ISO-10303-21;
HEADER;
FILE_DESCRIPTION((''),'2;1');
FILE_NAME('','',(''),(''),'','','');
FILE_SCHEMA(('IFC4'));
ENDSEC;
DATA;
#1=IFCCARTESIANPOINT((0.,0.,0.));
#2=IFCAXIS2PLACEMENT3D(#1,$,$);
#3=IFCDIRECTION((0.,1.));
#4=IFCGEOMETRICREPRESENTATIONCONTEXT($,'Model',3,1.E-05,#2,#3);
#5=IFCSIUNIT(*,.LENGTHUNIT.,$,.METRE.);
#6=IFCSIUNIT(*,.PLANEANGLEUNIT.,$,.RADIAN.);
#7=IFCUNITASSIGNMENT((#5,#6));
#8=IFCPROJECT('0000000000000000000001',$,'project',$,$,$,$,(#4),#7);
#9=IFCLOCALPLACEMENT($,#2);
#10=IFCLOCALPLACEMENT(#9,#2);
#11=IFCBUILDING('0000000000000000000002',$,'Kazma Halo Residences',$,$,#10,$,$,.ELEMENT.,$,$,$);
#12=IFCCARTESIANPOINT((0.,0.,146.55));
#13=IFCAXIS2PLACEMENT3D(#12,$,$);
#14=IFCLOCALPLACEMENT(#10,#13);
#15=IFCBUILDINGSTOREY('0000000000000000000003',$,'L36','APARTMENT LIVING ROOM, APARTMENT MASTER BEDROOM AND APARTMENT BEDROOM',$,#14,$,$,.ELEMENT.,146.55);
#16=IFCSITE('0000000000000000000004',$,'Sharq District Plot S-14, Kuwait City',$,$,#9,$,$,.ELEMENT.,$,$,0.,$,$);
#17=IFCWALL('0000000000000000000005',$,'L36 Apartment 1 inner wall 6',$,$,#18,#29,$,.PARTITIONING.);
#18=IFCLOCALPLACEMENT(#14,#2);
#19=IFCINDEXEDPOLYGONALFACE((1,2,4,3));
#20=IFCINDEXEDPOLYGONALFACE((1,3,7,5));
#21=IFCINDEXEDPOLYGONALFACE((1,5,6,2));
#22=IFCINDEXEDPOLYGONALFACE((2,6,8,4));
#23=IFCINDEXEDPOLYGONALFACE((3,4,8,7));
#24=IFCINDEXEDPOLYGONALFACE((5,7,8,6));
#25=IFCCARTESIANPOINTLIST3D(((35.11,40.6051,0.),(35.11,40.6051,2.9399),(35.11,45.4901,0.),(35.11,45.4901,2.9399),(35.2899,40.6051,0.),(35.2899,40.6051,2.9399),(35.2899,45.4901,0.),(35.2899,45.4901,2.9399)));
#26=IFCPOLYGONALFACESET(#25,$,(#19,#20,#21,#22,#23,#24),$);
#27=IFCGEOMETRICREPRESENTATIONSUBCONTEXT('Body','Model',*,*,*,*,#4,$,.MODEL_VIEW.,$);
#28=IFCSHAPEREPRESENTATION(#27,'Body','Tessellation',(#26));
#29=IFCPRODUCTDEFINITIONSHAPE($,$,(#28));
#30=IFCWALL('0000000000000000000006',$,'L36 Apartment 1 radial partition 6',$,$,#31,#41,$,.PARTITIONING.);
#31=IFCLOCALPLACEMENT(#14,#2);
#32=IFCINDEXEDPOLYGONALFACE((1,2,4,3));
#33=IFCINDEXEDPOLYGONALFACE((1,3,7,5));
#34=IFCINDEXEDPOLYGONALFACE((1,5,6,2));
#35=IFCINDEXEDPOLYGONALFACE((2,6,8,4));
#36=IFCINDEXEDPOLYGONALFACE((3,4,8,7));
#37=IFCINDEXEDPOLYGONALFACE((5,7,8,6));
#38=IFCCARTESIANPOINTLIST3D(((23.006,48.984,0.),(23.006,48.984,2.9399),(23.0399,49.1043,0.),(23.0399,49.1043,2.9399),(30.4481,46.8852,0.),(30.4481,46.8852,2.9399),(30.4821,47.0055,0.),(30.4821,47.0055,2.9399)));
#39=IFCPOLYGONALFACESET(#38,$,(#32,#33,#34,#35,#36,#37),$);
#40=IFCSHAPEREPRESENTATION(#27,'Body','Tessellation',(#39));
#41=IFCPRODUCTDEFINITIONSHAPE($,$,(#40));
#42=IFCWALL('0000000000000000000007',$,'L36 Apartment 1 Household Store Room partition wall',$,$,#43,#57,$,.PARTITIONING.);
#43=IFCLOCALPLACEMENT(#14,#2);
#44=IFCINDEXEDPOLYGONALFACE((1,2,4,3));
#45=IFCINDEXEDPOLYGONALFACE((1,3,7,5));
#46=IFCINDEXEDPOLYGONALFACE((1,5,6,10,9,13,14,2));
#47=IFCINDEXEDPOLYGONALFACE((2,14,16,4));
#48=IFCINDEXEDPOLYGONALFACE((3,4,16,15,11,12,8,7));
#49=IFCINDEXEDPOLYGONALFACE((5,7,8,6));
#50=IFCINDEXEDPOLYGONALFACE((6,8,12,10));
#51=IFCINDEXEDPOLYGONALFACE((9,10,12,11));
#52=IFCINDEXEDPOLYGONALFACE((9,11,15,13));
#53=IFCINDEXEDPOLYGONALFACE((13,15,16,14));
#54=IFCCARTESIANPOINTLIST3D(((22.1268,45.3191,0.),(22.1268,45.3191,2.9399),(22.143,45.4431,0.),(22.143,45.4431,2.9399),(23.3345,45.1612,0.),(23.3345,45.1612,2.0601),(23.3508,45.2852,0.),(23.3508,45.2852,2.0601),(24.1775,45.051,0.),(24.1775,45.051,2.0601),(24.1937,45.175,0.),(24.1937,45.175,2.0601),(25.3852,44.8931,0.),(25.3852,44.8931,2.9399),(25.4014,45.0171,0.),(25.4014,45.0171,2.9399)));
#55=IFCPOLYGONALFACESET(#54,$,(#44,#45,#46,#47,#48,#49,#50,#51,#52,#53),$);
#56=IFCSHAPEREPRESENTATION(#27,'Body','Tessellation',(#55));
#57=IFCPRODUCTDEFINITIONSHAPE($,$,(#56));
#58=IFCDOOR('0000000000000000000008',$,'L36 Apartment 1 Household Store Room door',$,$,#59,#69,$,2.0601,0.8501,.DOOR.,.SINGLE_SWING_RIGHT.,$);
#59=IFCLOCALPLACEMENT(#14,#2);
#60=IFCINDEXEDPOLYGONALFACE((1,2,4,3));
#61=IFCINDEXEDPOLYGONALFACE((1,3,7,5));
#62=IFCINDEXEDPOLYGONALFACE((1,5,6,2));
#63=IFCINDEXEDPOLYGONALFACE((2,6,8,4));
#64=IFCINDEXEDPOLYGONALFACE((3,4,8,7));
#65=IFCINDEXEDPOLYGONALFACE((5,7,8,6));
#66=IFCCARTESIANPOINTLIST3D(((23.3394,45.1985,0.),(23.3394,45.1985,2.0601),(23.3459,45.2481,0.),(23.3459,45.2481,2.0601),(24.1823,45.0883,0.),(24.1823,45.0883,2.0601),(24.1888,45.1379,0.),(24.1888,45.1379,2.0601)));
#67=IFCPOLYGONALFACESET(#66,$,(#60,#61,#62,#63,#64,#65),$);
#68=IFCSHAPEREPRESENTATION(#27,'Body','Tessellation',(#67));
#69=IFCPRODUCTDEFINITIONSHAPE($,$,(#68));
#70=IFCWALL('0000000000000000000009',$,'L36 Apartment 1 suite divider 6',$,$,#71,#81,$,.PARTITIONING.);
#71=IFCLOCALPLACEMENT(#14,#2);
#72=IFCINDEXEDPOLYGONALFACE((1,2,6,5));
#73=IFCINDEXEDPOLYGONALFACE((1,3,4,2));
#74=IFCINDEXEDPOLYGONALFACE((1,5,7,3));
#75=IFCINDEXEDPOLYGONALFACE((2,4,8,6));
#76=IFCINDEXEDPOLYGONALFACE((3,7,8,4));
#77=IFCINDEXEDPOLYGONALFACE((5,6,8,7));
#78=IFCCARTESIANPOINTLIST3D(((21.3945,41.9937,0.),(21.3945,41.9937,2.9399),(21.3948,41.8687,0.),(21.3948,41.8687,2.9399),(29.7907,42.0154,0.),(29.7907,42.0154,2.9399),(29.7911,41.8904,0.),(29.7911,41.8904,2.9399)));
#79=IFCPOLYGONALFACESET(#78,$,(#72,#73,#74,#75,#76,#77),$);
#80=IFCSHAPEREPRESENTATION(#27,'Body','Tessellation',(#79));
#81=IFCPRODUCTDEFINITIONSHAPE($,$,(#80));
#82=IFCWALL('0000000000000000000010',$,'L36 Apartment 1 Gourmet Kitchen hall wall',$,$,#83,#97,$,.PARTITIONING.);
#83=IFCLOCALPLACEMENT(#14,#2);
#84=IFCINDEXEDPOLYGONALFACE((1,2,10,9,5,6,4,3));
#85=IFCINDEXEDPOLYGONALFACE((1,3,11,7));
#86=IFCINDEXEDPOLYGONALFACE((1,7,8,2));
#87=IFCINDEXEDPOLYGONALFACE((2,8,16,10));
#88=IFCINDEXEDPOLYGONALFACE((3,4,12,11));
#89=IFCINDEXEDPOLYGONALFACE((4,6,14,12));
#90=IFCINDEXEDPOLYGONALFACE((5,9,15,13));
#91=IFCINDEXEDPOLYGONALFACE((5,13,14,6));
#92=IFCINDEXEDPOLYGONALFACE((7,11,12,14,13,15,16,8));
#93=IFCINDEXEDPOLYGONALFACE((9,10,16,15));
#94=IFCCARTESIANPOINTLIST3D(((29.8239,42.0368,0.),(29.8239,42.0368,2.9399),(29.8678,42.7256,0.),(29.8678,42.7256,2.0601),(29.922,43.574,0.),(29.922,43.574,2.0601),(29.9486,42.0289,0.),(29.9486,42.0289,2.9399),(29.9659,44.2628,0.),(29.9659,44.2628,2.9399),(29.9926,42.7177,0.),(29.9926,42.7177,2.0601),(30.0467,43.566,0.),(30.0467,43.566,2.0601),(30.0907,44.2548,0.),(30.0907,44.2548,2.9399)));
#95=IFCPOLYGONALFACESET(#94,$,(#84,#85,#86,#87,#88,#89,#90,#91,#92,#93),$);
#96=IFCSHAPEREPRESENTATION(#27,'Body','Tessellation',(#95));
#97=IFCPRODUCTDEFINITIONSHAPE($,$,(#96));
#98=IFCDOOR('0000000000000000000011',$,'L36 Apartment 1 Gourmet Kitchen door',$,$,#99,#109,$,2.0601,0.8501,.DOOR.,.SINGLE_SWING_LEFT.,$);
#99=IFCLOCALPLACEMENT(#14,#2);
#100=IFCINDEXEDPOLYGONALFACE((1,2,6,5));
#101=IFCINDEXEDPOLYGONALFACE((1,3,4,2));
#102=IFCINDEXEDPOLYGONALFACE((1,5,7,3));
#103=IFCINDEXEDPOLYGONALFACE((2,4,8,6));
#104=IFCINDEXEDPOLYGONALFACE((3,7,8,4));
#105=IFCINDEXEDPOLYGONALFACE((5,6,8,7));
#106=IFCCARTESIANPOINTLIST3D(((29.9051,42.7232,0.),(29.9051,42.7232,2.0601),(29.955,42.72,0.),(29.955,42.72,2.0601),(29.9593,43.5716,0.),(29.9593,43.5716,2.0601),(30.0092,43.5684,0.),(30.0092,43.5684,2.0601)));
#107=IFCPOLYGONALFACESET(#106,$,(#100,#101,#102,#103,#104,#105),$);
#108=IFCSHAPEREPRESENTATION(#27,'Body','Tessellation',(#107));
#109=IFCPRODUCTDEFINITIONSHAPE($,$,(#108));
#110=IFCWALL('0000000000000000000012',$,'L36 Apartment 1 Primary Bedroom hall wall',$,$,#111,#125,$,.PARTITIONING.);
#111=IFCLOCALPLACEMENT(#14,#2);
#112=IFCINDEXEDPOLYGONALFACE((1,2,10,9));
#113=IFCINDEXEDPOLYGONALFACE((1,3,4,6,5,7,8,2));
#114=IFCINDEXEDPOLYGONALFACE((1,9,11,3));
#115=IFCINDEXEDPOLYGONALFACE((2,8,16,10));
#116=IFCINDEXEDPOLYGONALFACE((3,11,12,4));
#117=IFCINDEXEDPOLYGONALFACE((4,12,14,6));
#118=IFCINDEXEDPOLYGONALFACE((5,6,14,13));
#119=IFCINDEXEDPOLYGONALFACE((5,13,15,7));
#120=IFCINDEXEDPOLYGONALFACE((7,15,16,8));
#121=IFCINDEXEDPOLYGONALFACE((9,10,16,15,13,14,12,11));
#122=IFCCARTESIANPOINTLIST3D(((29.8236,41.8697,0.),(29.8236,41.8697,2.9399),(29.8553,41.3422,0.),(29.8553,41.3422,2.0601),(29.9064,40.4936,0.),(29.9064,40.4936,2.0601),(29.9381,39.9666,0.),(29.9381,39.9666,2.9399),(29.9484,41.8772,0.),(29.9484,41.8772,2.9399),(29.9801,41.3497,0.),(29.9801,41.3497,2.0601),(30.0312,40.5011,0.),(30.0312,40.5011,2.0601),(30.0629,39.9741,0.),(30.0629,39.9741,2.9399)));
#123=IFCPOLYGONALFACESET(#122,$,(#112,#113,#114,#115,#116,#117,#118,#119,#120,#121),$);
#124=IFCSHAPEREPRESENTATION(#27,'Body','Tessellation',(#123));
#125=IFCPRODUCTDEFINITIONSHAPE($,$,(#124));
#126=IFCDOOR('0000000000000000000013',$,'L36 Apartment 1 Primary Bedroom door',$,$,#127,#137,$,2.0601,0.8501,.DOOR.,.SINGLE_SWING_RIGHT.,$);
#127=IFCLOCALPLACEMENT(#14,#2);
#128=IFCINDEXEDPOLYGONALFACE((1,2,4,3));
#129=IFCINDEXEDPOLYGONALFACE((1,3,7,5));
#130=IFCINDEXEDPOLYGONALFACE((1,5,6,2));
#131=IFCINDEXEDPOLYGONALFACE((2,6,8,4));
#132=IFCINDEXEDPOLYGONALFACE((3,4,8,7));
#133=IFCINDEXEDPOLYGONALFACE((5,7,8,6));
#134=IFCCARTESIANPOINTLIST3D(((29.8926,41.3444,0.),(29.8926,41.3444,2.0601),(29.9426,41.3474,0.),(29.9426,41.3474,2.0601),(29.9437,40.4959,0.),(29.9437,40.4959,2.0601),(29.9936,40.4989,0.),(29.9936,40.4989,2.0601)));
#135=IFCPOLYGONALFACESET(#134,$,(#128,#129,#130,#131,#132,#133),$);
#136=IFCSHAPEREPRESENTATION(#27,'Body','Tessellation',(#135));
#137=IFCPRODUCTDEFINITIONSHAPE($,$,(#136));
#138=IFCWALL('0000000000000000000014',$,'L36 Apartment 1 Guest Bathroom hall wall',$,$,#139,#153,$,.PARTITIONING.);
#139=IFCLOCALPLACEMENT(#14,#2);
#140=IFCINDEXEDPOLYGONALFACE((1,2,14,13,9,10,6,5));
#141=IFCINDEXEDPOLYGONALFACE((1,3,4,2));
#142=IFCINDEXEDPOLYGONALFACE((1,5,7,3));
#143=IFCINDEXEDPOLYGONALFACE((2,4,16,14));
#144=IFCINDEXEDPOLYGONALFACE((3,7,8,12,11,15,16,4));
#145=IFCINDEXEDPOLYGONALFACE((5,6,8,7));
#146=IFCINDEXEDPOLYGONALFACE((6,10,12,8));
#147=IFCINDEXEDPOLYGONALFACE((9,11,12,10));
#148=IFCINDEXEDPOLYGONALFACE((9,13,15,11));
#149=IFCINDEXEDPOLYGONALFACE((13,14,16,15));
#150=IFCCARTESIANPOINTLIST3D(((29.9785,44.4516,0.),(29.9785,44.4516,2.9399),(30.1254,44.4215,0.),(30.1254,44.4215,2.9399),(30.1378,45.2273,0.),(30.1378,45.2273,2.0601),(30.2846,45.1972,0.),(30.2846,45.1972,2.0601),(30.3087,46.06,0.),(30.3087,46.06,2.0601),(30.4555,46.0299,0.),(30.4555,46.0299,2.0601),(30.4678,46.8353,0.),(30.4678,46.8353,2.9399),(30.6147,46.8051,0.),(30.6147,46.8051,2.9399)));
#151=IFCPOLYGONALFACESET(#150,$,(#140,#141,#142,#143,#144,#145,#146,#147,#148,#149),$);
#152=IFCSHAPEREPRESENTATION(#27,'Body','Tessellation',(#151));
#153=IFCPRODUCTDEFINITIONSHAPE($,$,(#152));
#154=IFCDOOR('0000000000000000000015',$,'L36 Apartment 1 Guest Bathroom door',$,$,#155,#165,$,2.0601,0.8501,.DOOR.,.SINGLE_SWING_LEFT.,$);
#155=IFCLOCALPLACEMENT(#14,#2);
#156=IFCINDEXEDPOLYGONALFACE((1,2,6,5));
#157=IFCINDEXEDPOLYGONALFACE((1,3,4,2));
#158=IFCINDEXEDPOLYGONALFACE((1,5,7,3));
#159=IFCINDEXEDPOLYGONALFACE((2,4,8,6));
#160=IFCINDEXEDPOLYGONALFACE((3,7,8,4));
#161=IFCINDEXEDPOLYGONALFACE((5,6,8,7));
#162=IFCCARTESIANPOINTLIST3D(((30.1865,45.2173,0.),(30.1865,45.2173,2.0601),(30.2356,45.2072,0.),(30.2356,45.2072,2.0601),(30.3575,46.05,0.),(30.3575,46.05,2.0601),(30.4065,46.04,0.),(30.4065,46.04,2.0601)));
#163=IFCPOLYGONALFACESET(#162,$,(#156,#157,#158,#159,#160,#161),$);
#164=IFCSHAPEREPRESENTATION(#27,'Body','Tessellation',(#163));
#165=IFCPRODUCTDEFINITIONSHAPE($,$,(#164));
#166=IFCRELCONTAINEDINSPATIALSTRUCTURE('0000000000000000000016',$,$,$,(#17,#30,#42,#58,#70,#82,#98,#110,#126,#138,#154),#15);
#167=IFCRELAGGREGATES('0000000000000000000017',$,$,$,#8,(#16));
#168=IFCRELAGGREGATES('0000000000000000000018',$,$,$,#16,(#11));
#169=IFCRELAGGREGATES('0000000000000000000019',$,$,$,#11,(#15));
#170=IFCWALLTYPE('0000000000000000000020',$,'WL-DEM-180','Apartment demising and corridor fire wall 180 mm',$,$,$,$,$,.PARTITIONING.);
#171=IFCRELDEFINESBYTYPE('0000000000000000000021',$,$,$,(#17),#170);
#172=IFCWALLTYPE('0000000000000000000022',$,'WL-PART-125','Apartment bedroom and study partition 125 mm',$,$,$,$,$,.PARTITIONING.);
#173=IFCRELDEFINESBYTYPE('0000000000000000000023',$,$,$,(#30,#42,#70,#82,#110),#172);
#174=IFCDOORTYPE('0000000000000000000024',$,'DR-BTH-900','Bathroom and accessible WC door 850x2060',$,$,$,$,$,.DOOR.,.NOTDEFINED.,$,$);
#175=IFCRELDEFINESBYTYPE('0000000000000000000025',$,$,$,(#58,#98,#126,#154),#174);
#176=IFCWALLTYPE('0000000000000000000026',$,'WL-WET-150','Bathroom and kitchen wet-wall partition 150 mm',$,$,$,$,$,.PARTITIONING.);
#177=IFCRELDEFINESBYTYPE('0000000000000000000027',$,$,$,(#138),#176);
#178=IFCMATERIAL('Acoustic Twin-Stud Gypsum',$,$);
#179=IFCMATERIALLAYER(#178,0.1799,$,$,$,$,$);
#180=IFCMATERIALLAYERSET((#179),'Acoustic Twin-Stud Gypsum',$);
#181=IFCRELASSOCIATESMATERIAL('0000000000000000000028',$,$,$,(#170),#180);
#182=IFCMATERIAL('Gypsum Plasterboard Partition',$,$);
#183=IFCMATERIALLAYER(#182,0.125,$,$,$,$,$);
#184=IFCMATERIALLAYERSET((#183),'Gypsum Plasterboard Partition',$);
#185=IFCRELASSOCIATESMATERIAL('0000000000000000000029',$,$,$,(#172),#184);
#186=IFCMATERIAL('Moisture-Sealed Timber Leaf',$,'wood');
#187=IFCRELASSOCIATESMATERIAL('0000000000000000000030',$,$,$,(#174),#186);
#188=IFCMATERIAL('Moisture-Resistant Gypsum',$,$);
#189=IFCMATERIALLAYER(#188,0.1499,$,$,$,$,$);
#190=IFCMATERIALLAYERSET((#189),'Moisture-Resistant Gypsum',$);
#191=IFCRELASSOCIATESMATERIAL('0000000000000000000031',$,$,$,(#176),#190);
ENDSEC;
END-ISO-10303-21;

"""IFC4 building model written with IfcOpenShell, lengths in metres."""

from ifc_helpers import new_model, si_unit, direction, frame, frame_2d, origin, place, context, subcontext, project, spatial, rectangle, extrude, material, layer, layer_set, type_object, element, fill, save


model = new_model("IFC4")

# Units and contexts
model_context = context("Model", 3, precision=1e-05, world=origin(), true_north=direction((0.0, 1.0)))
body_context = subcontext(model_context, "Body", "Model", "MODEL_VIEW")
ifc_project = project(units=[si_unit("LENGTHUNIT", "METRE"), si_unit("PLANEANGLEUNIT", "RADIAN")], contexts=[model_context])

# Site, building, storey
site_placement = place(None, origin())
site = spatial("IfcSite", under=ifc_project, at=site_placement, Name="Sharq District Plot S-14, Kuwait City", CompositionType="ELEMENT", RefElevation=0.0)
building_placement = place(site_placement, origin())
building = spatial("IfcBuilding", under=site, at=building_placement, Name="Kazma Halo Residences", CompositionType="ELEMENT")
storey_placement = place(building_placement, frame((0.0, 0.0, 146.55)))
storey = spatial("IfcBuildingStorey", under=building, at=storey_placement, Name="L36", Description="APARTMENT LIVING ROOM, APARTMENT MASTER BEDROOM AND APARTMENT BEDROOM", CompositionType="ELEMENT", Elevation=146.55)

# Walls
ifc_material_1 = material(Name="Acoustic Twin-Stud Gypsum")
ifc_layer_1 = layer(ifc_material_1, 0.1799)
ifc_layer_set_1 = layer_set([ifc_layer_1], Name="Acoustic Twin-Stud Gypsum")
wall_type_1 = type_object("IfcWallType", Name="WL-DEM-180", Description="Apartment demising and corridor fire wall 180 mm", PredefinedType="PARTITIONING", material=ifc_layer_set_1)
wall_1_placement = place(storey_placement, frame((35.2, 45.49, 0.0), z_axis=(0.0, 0.0, 1.0), x_axis=(0.0, -1.0, 0.0)))
element("IfcWall", 1, at=wall_1_placement, inside=storey, type_object=wall_type_1, Name="L36 Apartment 1 inner wall 6", PredefinedType="PARTITIONING", context=body_context, shape_type="SweptSolid", body=[
    extrude(rectangle(XDim=4.885, YDim=0.1799, at=frame_2d((2.4424, 0.0))), origin(), (0.0, 0.0, 1.0), 2.9399),
])
ifc_material_2 = material(Name="Gypsum Plasterboard Partition")
ifc_layer_2 = layer(ifc_material_2, 0.125)
ifc_layer_set_2 = layer_set([ifc_layer_2], Name="Gypsum Plasterboard Partition")
wall_type_2 = type_object("IfcWallType", Name="WL-PART-125", Description="Apartment bedroom and study partition 125 mm", PredefinedType="PARTITIONING", material=ifc_layer_set_2)
wall_2_placement = place(storey_placement, frame((30.4651, 46.9453, 0.0), z_axis=(0.0, 0.0, 1.0), x_axis=(-0.962456, 0.271438, 0.0)))
element("IfcWall", 2, at=wall_2_placement, inside=storey, type_object=wall_type_2, Name="L36 Apartment 1 radial partition 6", PredefinedType="PARTITIONING", context=body_context, shape_type="SweptSolid", body=[
    extrude(rectangle(XDim=7.7324, YDim=0.125, at=frame_2d((3.8662, 0.0))), origin(), (0.0, 0.0, 1.0), 2.9399),
])

# Wall, opening, door
wall_3_placement = place(storey_placement, frame((25.3933, 44.9551, 0.0), z_axis=(0.0, 0.0, 1.0), x_axis=(-0.99156, 0.129647, 0.0)))
wall_3 = element("IfcWall", 3, at=wall_3_placement, inside=storey, type_object=wall_type_2, Name="L36 Apartment 1 Household Store Room partition wall", PredefinedType="PARTITIONING", context=body_context, shape_type="SweptSolid", body=[
    extrude(rectangle(XDim=3.2861, YDim=0.125, at=frame_2d((1.6431, 0.0))), origin(), (0.0, 0.0, 1.0), 2.9399),
])
opening_1_placement = place(wall_3_placement, frame((1.218, 0.0, 0.0)))
opening_1 = element("IfcOpeningElement", 4, at=opening_1_placement, cuts=wall_3, PredefinedType="OPENING", context=body_context, shape_type="SweptSolid", body=[
    extrude(rectangle(XDim=0.8501, YDim=2.0601, at=frame_2d((0.425, 1.03))), frame((0.0, 0.0725, 0.0), z_axis=(0.0, -1.0, 0.0), x_axis=(1.0, 0.0, 0.0)), (0.0, 0.0, 1.0), 0.145),
])
ifc_material_3 = material(Name="Moisture-Sealed Timber Leaf", Category="wood")
door_type = type_object("IfcDoorType", Name="DR-BTH-900", Description="Bathroom and accessible WC door 850x2060", OperationType="NOTDEFINED", PredefinedType="DOOR", material=ifc_material_3)
door_1_placement = place(opening_1_placement, origin())
door_1 = element("IfcDoor", 5, at=door_1_placement, inside=storey, type_object=door_type, Name="L36 Apartment 1 Household Store Room door", OperationType="SINGLE_SWING_RIGHT", OverallHeight=2.0601, OverallWidth=0.8501, PredefinedType="DOOR", context=body_context, shape_type="SweptSolid", body=[
    extrude(rectangle(XDim=0.8501, YDim=2.0601, at=frame_2d((0.425, 1.03))), frame((0.0, 0.0249, 0.0), z_axis=(0.0, -1.0, 0.0), x_axis=(1.0, 0.0, 0.0)), (0.0, 0.0, 1.0), 0.05),
])
fill(opening_1, door_1)

# Wall
wall_4_placement = place(storey_placement, frame((29.791, 41.9529, 0.0), z_axis=(0.0, 0.0, 1.0), x_axis=(-0.999997, -0.002588, 0.0)))
element("IfcWall", 6, at=wall_4_placement, inside=storey, type_object=wall_type_2, Name="L36 Apartment 1 suite divider 6", PredefinedType="PARTITIONING", context=body_context, shape_type="SweptSolid", body=[
    extrude(rectangle(XDim=8.3962, YDim=0.125, at=frame_2d((4.1982, 0.0))), origin(), (0.0, 0.0, 1.0), 2.9399),
])

# Walls, openings, doors
wall_5_placement = place(storey_placement, frame((30.0283, 44.2588, 0.0), z_axis=(0.0, 0.0, 1.0), x_axis=(-0.063707, -0.997969, 0.0)))
wall_5 = element("IfcWall", 7, at=wall_5_placement, inside=storey, type_object=wall_type_2, Name="L36 Apartment 1 Gourmet Kitchen hall wall", PredefinedType="PARTITIONING", context=body_context, shape_type="SweptSolid", body=[
    extrude(rectangle(XDim=2.2305, YDim=0.125, at=frame_2d((1.1152, 0.0))), origin(), (0.0, 0.0, 1.0), 2.9399),
])
opening_2_placement = place(wall_5_placement, frame((0.6902, 0.0, 0.0)))
opening_2 = element("IfcOpeningElement", 8, at=opening_2_placement, cuts=wall_5, PredefinedType="OPENING", context=body_context, shape_type="SweptSolid", body=[
    extrude(rectangle(XDim=0.8501, YDim=2.0601, at=frame_2d((0.425, 1.03))), frame((0.0, 0.0725, 0.0), z_axis=(0.0, -1.0, 0.0), x_axis=(1.0, 0.0, 0.0)), (0.0, 0.0, 1.0), 0.145),
])
door_2_placement = place(opening_2_placement, origin())
door_2 = element("IfcDoor", 9, at=door_2_placement, inside=storey, type_object=door_type, Name="L36 Apartment 1 Gourmet Kitchen door", OperationType="SINGLE_SWING_LEFT", OverallHeight=2.0601, OverallWidth=0.8501, PredefinedType="DOOR", context=body_context, shape_type="SweptSolid", body=[
    extrude(rectangle(XDim=0.8501, YDim=2.0601, at=frame_2d((0.425, 1.03))), frame((0.0, 0.0249, 0.0), z_axis=(0.0, -1.0, 0.0), x_axis=(1.0, 0.0, 0.0)), (0.0, 0.0, 1.0), 0.05),
])
fill(opening_2, door_2)
wall_6_placement = place(storey_placement, frame((29.886, 41.8733, 0.0), z_axis=(0.0, 0.0, 1.0), x_axis=(0.060058, -0.998195, 0.0)))
wall_6 = element("IfcWall", 10, at=wall_6_placement, inside=storey, type_object=wall_type_2, Name="L36 Apartment 1 Primary Bedroom hall wall", PredefinedType="PARTITIONING", context=body_context, shape_type="SweptSolid", body=[
    extrude(rectangle(XDim=1.9065, YDim=0.125, at=frame_2d((0.9531, 0.0))), origin(), (0.0, 0.0, 1.0), 2.9399),
])
opening_3_placement = place(wall_6_placement, frame((0.5283, 0.0, 0.0)))
opening_3 = element("IfcOpeningElement", 11, at=opening_3_placement, cuts=wall_6, PredefinedType="OPENING", context=body_context, shape_type="SweptSolid", body=[
    extrude(rectangle(XDim=0.8501, YDim=2.0601, at=frame_2d((0.425, 1.03))), frame((0.0, 0.0725, 0.0), z_axis=(0.0, -1.0, 0.0), x_axis=(1.0, 0.0, 0.0)), (0.0, 0.0, 1.0), 0.145),
])
door_3_placement = place(opening_3_placement, origin())
door_3 = element("IfcDoor", 12, at=door_3_placement, inside=storey, type_object=door_type, Name="L36 Apartment 1 Primary Bedroom door", OperationType="SINGLE_SWING_RIGHT", OverallHeight=2.0601, OverallWidth=0.8501, PredefinedType="DOOR", context=body_context, shape_type="SweptSolid", body=[
    extrude(rectangle(XDim=0.8501, YDim=2.0601, at=frame_2d((0.425, 1.03))), frame((0.0, 0.0249, 0.0), z_axis=(0.0, -1.0, 0.0), x_axis=(1.0, 0.0, 0.0)), (0.0, 0.0, 1.0), 0.05),
])
fill(opening_3, door_3)
ifc_material_4 = material(Name="Moisture-Resistant Gypsum")
ifc_layer_3 = layer(ifc_material_4, 0.1499)
ifc_layer_set_3 = layer_set([ifc_layer_3], Name="Moisture-Resistant Gypsum")
wall_type_3 = type_object("IfcWallType", Name="WL-WET-150", Description="Bathroom and kitchen wet-wall partition 150 mm", PredefinedType="PARTITIONING", material=ifc_layer_set_3)
wall_7_placement = place(storey_placement, frame((30.5413, 46.8203, 0.0), z_axis=(0.0, 0.0, 1.0), x_axis=(-0.201073, -0.979576, 0.0)))
wall_7 = element("IfcWall", 13, at=wall_7_placement, inside=storey, type_object=wall_type_3, Name="L36 Apartment 1 Guest Bathroom hall wall", PredefinedType="PARTITIONING", context=body_context, shape_type="SweptSolid", body=[
    extrude(rectangle(XDim=2.4333, YDim=0.1499, at=frame_2d((1.2168, 0.0))), origin(), (0.0, 0.0, 1.0), 2.9399),
])
opening_4_placement = place(wall_7_placement, frame((0.7915, 0.0, 0.0)))
opening_4 = element("IfcOpeningElement", 14, at=opening_4_placement, cuts=wall_7, PredefinedType="OPENING", context=body_context, shape_type="SweptSolid", body=[
    extrude(rectangle(XDim=0.8501, YDim=2.0601, at=frame_2d((0.425, 1.03))), frame((0.0, 0.085, 0.0), z_axis=(0.0, -1.0, 0.0), x_axis=(1.0, 0.0, 0.0)), (0.0, 0.0, 1.0), 0.1699),
])
door_4_placement = place(opening_4_placement, origin())
door_4 = element("IfcDoor", 15, at=door_4_placement, inside=storey, type_object=door_type, Name="L36 Apartment 1 Guest Bathroom door", OperationType="SINGLE_SWING_LEFT", OverallHeight=2.0601, OverallWidth=0.8501, PredefinedType="DOOR", context=body_context, shape_type="SweptSolid", body=[
    extrude(rectangle(XDim=0.8501, YDim=2.0601, at=frame_2d((0.425, 1.03))), frame((0.0, 0.0249, 0.0), z_axis=(0.0, -1.0, 0.0), x_axis=(1.0, 0.0, 0.0)), (0.0, 0.0, 1.0), 0.05),
])
fill(opening_4, door_4)

save(model, "model.ifc")
